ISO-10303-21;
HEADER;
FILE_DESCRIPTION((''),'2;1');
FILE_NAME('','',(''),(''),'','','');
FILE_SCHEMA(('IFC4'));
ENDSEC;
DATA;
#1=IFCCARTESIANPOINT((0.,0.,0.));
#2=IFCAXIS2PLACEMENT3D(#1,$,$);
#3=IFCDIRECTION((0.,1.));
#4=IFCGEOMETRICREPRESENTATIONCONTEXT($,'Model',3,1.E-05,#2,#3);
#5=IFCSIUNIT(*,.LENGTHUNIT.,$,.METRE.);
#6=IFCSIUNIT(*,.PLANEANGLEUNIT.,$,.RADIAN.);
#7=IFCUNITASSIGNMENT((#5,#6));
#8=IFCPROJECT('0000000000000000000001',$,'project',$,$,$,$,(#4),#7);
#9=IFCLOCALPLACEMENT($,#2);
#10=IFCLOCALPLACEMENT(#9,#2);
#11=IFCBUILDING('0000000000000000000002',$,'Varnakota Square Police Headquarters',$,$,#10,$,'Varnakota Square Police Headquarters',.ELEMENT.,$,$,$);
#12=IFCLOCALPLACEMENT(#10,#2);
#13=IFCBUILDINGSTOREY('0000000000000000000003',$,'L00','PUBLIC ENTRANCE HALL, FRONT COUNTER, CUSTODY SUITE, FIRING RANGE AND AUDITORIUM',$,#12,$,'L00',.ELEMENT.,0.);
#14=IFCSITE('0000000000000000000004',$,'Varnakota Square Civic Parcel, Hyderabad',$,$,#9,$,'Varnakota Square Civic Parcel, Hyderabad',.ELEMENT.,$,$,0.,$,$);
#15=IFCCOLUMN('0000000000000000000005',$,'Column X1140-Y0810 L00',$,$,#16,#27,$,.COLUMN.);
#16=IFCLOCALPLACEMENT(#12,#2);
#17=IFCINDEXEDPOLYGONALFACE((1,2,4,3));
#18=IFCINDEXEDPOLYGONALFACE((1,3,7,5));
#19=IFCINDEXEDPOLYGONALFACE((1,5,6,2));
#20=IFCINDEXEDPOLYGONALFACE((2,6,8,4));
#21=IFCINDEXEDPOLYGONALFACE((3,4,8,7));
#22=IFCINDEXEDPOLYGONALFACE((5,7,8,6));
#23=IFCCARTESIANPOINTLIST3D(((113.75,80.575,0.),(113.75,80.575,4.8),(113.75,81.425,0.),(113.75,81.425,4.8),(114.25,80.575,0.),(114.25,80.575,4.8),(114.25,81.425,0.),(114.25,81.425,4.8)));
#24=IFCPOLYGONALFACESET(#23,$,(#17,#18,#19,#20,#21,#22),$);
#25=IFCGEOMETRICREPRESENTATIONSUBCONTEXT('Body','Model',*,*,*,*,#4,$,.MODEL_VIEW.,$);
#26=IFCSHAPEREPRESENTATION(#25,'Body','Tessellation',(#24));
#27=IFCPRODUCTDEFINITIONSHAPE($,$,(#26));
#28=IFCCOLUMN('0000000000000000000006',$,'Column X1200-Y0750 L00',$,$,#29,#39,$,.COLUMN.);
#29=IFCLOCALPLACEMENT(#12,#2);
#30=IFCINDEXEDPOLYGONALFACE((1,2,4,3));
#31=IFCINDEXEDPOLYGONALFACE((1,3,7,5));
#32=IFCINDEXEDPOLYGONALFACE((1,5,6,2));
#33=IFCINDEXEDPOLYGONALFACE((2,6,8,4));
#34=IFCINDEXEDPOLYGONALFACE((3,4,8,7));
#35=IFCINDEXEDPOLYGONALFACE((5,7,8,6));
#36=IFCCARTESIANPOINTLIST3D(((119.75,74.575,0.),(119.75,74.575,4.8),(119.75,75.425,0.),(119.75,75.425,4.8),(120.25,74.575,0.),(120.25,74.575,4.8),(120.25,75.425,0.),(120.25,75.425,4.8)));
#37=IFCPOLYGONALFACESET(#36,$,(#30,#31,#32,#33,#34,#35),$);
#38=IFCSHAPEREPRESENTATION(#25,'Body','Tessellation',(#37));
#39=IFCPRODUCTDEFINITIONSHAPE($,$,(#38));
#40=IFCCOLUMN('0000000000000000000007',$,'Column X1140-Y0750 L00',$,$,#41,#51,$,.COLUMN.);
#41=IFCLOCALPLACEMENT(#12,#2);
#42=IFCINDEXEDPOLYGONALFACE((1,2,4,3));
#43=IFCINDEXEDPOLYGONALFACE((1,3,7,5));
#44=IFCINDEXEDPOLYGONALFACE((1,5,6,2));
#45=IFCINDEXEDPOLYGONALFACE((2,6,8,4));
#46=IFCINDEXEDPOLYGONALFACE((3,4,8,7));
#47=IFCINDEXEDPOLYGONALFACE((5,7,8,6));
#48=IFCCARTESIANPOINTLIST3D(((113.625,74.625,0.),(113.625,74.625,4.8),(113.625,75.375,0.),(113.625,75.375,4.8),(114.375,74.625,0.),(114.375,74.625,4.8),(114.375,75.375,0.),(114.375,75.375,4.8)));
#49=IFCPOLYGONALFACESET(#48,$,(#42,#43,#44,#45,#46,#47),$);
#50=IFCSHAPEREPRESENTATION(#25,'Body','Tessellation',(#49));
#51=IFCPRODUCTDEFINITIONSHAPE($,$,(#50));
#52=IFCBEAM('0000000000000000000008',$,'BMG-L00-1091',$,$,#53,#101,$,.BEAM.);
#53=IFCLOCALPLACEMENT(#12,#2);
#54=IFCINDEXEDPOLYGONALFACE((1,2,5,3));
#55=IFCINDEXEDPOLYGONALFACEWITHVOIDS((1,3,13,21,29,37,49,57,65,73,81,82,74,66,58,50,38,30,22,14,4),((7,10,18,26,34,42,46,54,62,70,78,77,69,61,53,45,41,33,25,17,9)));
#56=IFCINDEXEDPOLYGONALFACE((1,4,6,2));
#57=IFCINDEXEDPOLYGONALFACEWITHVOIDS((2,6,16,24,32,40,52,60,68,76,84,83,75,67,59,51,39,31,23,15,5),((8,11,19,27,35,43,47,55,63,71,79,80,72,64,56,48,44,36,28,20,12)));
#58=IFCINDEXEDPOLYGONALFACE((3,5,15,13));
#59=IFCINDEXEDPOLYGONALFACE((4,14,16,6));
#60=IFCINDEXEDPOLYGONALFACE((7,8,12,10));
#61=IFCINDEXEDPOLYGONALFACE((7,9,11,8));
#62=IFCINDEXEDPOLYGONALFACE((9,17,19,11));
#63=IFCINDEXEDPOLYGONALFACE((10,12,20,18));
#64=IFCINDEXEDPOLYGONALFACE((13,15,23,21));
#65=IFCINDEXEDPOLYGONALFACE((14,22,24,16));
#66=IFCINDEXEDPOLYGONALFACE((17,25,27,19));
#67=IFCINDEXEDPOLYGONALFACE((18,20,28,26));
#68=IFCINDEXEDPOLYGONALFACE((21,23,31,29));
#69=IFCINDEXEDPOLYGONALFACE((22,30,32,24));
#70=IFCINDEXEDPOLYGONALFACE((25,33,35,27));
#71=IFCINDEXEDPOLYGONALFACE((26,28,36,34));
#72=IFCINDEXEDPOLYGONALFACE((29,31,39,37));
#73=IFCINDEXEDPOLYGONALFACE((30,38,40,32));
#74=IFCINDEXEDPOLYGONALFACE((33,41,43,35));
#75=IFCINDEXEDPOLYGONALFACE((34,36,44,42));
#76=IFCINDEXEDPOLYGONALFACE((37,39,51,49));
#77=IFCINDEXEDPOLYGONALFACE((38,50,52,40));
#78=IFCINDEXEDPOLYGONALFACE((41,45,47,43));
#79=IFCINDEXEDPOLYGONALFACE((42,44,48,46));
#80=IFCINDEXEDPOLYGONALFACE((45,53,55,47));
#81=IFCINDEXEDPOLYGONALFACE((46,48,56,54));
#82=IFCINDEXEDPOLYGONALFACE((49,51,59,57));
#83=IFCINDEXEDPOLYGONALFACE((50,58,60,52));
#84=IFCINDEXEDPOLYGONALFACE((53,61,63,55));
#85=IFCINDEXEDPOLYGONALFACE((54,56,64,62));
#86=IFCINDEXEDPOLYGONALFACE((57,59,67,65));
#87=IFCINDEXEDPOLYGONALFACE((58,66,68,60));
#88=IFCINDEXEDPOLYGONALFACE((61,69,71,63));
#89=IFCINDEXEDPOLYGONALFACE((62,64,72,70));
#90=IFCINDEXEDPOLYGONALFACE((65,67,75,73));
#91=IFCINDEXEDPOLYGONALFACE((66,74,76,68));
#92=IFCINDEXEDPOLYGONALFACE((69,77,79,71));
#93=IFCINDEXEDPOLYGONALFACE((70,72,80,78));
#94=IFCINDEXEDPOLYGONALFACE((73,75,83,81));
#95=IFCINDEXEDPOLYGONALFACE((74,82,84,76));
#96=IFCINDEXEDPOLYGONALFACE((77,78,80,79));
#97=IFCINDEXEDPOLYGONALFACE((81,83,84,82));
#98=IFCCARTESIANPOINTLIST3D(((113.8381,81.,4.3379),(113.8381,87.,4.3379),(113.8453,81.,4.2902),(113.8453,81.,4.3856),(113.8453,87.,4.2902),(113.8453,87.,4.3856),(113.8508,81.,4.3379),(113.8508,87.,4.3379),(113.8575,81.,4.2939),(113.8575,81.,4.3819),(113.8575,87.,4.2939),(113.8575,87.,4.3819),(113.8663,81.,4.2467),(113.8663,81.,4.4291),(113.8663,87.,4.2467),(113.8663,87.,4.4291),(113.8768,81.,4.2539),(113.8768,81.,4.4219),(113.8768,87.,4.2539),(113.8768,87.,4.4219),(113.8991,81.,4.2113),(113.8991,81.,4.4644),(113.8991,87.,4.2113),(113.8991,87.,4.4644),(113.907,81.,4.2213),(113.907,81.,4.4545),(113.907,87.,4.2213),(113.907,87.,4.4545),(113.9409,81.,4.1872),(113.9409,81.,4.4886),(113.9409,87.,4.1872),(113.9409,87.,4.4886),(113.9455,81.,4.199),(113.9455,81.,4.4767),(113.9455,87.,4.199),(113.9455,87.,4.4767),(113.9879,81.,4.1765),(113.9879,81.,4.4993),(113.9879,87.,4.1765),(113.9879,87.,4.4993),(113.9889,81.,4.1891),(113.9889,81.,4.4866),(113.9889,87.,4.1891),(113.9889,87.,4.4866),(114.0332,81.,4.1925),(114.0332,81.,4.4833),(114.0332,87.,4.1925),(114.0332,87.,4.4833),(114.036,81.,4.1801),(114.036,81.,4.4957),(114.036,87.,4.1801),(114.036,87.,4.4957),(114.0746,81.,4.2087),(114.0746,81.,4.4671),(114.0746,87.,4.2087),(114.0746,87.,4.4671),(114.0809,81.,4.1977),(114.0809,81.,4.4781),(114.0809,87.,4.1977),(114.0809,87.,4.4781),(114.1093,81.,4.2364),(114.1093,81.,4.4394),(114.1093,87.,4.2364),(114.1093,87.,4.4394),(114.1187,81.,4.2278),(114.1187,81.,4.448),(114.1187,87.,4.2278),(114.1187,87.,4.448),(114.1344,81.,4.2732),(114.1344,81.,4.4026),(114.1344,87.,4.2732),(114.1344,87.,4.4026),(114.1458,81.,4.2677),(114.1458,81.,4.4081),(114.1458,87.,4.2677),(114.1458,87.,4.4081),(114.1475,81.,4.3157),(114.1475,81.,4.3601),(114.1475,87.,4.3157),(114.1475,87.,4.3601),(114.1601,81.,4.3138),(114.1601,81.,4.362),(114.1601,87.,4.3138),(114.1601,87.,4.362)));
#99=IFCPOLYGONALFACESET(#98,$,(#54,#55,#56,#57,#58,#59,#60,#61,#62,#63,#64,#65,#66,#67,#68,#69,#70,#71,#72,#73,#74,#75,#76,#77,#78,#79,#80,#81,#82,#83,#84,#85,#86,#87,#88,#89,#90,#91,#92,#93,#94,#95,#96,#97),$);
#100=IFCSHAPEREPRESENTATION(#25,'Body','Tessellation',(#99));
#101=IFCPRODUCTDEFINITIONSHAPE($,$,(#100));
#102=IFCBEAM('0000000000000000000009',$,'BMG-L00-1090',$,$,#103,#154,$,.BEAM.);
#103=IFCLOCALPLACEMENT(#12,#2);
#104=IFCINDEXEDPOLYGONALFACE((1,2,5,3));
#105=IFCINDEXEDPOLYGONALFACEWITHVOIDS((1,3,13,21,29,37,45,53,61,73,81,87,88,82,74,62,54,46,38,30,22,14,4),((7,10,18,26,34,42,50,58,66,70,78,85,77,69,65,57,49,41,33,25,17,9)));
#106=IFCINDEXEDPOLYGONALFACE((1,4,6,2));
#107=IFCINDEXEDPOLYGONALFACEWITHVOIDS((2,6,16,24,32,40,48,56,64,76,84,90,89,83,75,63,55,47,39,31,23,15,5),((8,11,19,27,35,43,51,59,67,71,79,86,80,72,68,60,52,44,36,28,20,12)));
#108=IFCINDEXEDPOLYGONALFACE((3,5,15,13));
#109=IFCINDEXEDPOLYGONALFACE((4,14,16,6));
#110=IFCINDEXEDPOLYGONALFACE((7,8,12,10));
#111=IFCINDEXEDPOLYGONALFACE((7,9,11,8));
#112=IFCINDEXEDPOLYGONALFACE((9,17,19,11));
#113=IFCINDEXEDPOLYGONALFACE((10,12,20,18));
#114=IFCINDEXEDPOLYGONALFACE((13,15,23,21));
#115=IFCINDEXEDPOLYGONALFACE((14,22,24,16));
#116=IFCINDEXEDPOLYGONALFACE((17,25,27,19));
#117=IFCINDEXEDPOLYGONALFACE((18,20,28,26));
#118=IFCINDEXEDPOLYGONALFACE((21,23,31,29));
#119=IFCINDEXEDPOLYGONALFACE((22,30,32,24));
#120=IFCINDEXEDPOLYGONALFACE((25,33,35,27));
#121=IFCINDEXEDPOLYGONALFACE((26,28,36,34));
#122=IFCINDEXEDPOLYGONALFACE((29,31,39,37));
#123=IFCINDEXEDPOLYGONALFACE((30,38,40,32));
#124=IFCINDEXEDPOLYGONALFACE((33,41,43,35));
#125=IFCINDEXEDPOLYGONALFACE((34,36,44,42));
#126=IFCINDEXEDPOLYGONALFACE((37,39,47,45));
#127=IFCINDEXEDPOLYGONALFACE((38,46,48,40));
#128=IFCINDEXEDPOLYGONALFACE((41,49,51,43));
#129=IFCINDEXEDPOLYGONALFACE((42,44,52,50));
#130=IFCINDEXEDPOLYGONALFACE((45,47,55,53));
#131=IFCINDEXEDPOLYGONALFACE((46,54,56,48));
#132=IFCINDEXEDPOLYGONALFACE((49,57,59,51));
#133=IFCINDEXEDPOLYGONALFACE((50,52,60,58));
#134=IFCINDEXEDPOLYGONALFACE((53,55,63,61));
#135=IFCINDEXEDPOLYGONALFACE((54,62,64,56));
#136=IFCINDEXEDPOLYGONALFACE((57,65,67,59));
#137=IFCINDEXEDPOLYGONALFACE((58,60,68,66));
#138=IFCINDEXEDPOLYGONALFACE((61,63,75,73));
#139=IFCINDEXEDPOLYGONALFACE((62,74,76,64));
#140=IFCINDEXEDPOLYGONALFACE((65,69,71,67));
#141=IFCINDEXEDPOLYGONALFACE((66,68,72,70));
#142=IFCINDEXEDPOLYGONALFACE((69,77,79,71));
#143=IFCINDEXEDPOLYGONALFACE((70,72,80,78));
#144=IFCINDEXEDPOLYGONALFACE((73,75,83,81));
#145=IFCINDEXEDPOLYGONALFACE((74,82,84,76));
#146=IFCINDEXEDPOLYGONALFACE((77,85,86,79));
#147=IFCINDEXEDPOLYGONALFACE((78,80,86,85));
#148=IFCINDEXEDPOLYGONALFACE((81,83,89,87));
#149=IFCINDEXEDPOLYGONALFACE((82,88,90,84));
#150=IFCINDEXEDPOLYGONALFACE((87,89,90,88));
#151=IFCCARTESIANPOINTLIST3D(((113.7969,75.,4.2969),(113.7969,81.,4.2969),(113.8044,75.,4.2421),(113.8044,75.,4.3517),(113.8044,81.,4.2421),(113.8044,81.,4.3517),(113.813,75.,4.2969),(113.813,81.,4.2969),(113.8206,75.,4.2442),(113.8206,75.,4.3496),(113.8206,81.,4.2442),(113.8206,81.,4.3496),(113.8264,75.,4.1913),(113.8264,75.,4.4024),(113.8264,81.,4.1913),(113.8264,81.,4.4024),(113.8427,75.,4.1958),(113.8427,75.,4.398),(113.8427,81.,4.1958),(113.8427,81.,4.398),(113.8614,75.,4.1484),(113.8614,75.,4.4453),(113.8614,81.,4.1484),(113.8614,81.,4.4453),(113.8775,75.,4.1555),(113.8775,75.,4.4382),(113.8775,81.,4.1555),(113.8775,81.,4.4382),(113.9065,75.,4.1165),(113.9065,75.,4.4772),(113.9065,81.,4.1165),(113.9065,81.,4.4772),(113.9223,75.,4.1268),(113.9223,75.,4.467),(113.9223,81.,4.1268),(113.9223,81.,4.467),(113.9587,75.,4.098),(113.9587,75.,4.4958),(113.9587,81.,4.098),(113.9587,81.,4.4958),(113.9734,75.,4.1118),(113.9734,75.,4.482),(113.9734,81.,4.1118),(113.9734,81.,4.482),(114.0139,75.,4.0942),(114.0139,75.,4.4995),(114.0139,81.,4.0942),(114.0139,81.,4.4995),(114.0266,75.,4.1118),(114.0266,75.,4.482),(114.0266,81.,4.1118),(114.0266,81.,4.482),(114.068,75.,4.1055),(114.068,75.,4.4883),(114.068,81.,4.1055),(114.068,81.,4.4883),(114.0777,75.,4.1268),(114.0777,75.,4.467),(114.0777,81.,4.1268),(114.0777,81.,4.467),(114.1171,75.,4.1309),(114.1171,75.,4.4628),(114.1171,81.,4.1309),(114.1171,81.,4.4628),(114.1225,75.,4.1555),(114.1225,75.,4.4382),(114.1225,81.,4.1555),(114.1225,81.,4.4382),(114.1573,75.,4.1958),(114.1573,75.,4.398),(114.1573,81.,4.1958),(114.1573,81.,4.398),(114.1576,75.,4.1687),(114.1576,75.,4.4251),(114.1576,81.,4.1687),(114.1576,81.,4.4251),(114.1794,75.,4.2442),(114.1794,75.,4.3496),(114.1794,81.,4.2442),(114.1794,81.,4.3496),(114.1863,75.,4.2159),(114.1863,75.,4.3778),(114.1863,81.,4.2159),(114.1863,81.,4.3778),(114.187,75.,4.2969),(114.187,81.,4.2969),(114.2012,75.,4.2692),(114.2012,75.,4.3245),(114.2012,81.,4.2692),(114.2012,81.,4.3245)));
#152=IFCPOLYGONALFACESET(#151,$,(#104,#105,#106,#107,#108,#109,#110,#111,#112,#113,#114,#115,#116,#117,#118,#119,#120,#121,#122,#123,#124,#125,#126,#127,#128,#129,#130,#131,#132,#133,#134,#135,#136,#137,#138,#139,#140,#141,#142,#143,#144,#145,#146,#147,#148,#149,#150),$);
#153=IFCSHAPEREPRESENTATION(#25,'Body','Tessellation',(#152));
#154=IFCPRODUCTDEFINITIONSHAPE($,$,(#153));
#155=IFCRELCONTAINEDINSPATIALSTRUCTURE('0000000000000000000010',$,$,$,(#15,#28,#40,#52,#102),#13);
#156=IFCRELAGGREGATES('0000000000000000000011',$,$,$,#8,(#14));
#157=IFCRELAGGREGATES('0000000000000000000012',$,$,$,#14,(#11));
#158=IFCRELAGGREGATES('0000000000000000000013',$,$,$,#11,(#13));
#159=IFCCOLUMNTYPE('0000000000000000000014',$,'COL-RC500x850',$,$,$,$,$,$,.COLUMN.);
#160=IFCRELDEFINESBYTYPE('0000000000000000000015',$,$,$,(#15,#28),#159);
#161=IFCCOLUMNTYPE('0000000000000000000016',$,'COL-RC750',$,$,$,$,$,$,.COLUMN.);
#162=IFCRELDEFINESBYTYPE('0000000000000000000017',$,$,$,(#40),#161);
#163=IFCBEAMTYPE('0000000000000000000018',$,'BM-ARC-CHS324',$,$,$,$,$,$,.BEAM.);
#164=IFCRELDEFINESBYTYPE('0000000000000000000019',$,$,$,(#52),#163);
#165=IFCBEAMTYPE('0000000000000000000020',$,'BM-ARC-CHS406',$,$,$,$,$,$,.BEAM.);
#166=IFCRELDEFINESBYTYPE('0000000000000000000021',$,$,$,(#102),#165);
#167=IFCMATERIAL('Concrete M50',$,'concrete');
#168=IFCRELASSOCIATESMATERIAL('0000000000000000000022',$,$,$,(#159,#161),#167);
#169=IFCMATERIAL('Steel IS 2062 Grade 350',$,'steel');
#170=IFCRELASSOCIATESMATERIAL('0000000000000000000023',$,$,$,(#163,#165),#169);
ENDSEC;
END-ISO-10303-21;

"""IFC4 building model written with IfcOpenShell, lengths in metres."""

from ifc_helpers import new_model, si_unit, direction, frame, origin, origin_2d, place, context, subcontext, project, spatial, rectangle, hollow_circle, extrude, material, material_profile, profile_set, type_object, element, save


model = new_model("IFC4")

# Units and contexts
model_context = context("Model", 3, precision=1e-05, world=origin(), true_north=direction((0.0, 1.0)))
body_context = subcontext(model_context, "Body", "Model", "MODEL_VIEW")
ifc_project = project(units=[si_unit("LENGTHUNIT", "METRE"), si_unit("PLANEANGLEUNIT", "RADIAN")], contexts=[model_context])

# Site, building, storey
site_placement = place(None, origin())
site = spatial("IfcSite", under=ifc_project, at=site_placement, Name="Varnakota Square Civic Parcel, Hyderabad", LongName="Varnakota Square Civic Parcel, Hyderabad", CompositionType="ELEMENT", RefElevation=0.0)
building_placement = place(site_placement, origin())
building = spatial("IfcBuilding", under=site, at=building_placement, Name="Varnakota Square Police Headquarters", LongName="Varnakota Square Police Headquarters", CompositionType="ELEMENT")
storey_placement = place(building_placement, origin())
storey = spatial("IfcBuildingStorey", under=building, at=storey_placement, Name="L00", Description="PUBLIC ENTRANCE HALL, FRONT COUNTER, CUSTODY SUITE, FIRING RANGE AND AUDITORIUM", LongName="L00", CompositionType="ELEMENT", Elevation=0.0)

# Columns
ifc_material_1 = material(Name="Concrete M50", Category="concrete")
ifc_material_profile_1 = material_profile(ifc_material_1, rectangle(XDim=0.5, YDim=0.8501, at=origin_2d()), Name="RC 500x850")
ifc_profile_set_1 = profile_set([ifc_material_profile_1], Name="Concrete M50")
column_type_1 = type_object("IfcColumnType", Name="COL-RC500x850", PredefinedType="COLUMN", material=ifc_profile_set_1)
for number, where, z_axis, x_axis, name in (
    (1, (114.0, 81.0, 0.0), (0.0, 0.0, 1.0), (1.0, 0.0, 0.0), "Column X1140-Y0810 L00"),
    (2, (120.0, 75.0, 0.0), (0.0, 0.0, 1.0), (1.0, 0.0, 0.0), "Column X1200-Y0750 L00"),
):
    element("IfcColumn", number, at=place(storey_placement, frame(where, z_axis=z_axis, x_axis=x_axis)), inside=storey, type_object=column_type_1, Name=name, PredefinedType="COLUMN", context=body_context, shape_type="SweptSolid", body=[
        extrude(rectangle(XDim=0.5, YDim=0.8501, at=origin_2d()), origin(), (0.0, 0.0, 1.0), 4.8),
    ])
ifc_material_profile_2 = material_profile(ifc_material_1, rectangle(XDim=0.75, YDim=0.75, at=origin_2d()), Name="RC 750x750")
ifc_profile_set_2 = profile_set([ifc_material_profile_2], Name="Concrete M50")
column_type_2 = type_object("IfcColumnType", Name="COL-RC750", PredefinedType="COLUMN", material=ifc_profile_set_2)
column_placement = place(storey_placement, frame((114.0, 75.0, 0.0), z_axis=(0.0, 0.0, 1.0), x_axis=(1.0, 0.0, 0.0)))
element("IfcColumn", 3, at=column_placement, inside=storey, type_object=column_type_2, Name="Column X1140-Y0750 L00", PredefinedType="COLUMN", context=body_context, shape_type="SweptSolid", body=[
    extrude(rectangle(XDim=0.75, YDim=0.75, at=origin_2d()), origin(), (0.0, 0.0, 1.0), 4.8),
])

# Beams
ifc_material_2 = material(Name="Steel IS 2062 Grade 350", Category="steel")
ifc_material_profile_3 = material_profile(ifc_material_2, hollow_circle(Radius=0.1619, WallThickness=0.0127, at=origin_2d()), Name="CHS 323.9x12.7")
ifc_profile_set_3 = profile_set([ifc_material_profile_3], Name="Steel IS 2062 Grade 350")
beam_type_1 = type_object("IfcBeamType", Name="BM-ARC-CHS324", PredefinedType="BEAM", material=ifc_profile_set_3)
beam_1_placement = place(storey_placement, frame((114.0, 81.0, 4.3379), z_axis=(0.0, 1.0, 0.0), x_axis=(-1.0, 0.0, 0.0)))
element("IfcBeam", 4, at=beam_1_placement, inside=storey, type_object=beam_type_1, Name="BMG-L00-1091", PredefinedType="BEAM", context=body_context, shape_type="SweptSolid", body=[
    extrude(hollow_circle(Radius=0.1619, WallThickness=0.0127, at=origin_2d()), origin(), (0.0, 0.0, 1.0), 6.0),
])
ifc_material_profile_4 = material_profile(ifc_material_2, hollow_circle(Radius=0.2031, WallThickness=0.0161, at=origin_2d()), Name="CHS 406.4x16.0")
ifc_profile_set_4 = profile_set([ifc_material_profile_4], Name="Steel IS 2062 Grade 350")
beam_type_2 = type_object("IfcBeamType", Name="BM-ARC-CHS406", PredefinedType="BEAM", material=ifc_profile_set_4)
for number, where, z_axis, x_axis, name in (
    (5, (114.0, 75.0, 4.2969), (0.0, 1.0, 0.0), (-1.0, 0.0, 0.0), "BMG-L00-1090"),
):
    element("IfcBeam", number, at=place(storey_placement, frame(where, z_axis=z_axis, x_axis=x_axis)), inside=storey, type_object=beam_type_2, Name=name, PredefinedType="BEAM", context=body_context, shape_type="SweptSolid", body=[
        extrude(hollow_circle(Radius=0.2031, WallThickness=0.0161, at=origin_2d()), origin(), (0.0, 0.0, 1.0), 6.0),
    ])

save(model, "model.ifc")
